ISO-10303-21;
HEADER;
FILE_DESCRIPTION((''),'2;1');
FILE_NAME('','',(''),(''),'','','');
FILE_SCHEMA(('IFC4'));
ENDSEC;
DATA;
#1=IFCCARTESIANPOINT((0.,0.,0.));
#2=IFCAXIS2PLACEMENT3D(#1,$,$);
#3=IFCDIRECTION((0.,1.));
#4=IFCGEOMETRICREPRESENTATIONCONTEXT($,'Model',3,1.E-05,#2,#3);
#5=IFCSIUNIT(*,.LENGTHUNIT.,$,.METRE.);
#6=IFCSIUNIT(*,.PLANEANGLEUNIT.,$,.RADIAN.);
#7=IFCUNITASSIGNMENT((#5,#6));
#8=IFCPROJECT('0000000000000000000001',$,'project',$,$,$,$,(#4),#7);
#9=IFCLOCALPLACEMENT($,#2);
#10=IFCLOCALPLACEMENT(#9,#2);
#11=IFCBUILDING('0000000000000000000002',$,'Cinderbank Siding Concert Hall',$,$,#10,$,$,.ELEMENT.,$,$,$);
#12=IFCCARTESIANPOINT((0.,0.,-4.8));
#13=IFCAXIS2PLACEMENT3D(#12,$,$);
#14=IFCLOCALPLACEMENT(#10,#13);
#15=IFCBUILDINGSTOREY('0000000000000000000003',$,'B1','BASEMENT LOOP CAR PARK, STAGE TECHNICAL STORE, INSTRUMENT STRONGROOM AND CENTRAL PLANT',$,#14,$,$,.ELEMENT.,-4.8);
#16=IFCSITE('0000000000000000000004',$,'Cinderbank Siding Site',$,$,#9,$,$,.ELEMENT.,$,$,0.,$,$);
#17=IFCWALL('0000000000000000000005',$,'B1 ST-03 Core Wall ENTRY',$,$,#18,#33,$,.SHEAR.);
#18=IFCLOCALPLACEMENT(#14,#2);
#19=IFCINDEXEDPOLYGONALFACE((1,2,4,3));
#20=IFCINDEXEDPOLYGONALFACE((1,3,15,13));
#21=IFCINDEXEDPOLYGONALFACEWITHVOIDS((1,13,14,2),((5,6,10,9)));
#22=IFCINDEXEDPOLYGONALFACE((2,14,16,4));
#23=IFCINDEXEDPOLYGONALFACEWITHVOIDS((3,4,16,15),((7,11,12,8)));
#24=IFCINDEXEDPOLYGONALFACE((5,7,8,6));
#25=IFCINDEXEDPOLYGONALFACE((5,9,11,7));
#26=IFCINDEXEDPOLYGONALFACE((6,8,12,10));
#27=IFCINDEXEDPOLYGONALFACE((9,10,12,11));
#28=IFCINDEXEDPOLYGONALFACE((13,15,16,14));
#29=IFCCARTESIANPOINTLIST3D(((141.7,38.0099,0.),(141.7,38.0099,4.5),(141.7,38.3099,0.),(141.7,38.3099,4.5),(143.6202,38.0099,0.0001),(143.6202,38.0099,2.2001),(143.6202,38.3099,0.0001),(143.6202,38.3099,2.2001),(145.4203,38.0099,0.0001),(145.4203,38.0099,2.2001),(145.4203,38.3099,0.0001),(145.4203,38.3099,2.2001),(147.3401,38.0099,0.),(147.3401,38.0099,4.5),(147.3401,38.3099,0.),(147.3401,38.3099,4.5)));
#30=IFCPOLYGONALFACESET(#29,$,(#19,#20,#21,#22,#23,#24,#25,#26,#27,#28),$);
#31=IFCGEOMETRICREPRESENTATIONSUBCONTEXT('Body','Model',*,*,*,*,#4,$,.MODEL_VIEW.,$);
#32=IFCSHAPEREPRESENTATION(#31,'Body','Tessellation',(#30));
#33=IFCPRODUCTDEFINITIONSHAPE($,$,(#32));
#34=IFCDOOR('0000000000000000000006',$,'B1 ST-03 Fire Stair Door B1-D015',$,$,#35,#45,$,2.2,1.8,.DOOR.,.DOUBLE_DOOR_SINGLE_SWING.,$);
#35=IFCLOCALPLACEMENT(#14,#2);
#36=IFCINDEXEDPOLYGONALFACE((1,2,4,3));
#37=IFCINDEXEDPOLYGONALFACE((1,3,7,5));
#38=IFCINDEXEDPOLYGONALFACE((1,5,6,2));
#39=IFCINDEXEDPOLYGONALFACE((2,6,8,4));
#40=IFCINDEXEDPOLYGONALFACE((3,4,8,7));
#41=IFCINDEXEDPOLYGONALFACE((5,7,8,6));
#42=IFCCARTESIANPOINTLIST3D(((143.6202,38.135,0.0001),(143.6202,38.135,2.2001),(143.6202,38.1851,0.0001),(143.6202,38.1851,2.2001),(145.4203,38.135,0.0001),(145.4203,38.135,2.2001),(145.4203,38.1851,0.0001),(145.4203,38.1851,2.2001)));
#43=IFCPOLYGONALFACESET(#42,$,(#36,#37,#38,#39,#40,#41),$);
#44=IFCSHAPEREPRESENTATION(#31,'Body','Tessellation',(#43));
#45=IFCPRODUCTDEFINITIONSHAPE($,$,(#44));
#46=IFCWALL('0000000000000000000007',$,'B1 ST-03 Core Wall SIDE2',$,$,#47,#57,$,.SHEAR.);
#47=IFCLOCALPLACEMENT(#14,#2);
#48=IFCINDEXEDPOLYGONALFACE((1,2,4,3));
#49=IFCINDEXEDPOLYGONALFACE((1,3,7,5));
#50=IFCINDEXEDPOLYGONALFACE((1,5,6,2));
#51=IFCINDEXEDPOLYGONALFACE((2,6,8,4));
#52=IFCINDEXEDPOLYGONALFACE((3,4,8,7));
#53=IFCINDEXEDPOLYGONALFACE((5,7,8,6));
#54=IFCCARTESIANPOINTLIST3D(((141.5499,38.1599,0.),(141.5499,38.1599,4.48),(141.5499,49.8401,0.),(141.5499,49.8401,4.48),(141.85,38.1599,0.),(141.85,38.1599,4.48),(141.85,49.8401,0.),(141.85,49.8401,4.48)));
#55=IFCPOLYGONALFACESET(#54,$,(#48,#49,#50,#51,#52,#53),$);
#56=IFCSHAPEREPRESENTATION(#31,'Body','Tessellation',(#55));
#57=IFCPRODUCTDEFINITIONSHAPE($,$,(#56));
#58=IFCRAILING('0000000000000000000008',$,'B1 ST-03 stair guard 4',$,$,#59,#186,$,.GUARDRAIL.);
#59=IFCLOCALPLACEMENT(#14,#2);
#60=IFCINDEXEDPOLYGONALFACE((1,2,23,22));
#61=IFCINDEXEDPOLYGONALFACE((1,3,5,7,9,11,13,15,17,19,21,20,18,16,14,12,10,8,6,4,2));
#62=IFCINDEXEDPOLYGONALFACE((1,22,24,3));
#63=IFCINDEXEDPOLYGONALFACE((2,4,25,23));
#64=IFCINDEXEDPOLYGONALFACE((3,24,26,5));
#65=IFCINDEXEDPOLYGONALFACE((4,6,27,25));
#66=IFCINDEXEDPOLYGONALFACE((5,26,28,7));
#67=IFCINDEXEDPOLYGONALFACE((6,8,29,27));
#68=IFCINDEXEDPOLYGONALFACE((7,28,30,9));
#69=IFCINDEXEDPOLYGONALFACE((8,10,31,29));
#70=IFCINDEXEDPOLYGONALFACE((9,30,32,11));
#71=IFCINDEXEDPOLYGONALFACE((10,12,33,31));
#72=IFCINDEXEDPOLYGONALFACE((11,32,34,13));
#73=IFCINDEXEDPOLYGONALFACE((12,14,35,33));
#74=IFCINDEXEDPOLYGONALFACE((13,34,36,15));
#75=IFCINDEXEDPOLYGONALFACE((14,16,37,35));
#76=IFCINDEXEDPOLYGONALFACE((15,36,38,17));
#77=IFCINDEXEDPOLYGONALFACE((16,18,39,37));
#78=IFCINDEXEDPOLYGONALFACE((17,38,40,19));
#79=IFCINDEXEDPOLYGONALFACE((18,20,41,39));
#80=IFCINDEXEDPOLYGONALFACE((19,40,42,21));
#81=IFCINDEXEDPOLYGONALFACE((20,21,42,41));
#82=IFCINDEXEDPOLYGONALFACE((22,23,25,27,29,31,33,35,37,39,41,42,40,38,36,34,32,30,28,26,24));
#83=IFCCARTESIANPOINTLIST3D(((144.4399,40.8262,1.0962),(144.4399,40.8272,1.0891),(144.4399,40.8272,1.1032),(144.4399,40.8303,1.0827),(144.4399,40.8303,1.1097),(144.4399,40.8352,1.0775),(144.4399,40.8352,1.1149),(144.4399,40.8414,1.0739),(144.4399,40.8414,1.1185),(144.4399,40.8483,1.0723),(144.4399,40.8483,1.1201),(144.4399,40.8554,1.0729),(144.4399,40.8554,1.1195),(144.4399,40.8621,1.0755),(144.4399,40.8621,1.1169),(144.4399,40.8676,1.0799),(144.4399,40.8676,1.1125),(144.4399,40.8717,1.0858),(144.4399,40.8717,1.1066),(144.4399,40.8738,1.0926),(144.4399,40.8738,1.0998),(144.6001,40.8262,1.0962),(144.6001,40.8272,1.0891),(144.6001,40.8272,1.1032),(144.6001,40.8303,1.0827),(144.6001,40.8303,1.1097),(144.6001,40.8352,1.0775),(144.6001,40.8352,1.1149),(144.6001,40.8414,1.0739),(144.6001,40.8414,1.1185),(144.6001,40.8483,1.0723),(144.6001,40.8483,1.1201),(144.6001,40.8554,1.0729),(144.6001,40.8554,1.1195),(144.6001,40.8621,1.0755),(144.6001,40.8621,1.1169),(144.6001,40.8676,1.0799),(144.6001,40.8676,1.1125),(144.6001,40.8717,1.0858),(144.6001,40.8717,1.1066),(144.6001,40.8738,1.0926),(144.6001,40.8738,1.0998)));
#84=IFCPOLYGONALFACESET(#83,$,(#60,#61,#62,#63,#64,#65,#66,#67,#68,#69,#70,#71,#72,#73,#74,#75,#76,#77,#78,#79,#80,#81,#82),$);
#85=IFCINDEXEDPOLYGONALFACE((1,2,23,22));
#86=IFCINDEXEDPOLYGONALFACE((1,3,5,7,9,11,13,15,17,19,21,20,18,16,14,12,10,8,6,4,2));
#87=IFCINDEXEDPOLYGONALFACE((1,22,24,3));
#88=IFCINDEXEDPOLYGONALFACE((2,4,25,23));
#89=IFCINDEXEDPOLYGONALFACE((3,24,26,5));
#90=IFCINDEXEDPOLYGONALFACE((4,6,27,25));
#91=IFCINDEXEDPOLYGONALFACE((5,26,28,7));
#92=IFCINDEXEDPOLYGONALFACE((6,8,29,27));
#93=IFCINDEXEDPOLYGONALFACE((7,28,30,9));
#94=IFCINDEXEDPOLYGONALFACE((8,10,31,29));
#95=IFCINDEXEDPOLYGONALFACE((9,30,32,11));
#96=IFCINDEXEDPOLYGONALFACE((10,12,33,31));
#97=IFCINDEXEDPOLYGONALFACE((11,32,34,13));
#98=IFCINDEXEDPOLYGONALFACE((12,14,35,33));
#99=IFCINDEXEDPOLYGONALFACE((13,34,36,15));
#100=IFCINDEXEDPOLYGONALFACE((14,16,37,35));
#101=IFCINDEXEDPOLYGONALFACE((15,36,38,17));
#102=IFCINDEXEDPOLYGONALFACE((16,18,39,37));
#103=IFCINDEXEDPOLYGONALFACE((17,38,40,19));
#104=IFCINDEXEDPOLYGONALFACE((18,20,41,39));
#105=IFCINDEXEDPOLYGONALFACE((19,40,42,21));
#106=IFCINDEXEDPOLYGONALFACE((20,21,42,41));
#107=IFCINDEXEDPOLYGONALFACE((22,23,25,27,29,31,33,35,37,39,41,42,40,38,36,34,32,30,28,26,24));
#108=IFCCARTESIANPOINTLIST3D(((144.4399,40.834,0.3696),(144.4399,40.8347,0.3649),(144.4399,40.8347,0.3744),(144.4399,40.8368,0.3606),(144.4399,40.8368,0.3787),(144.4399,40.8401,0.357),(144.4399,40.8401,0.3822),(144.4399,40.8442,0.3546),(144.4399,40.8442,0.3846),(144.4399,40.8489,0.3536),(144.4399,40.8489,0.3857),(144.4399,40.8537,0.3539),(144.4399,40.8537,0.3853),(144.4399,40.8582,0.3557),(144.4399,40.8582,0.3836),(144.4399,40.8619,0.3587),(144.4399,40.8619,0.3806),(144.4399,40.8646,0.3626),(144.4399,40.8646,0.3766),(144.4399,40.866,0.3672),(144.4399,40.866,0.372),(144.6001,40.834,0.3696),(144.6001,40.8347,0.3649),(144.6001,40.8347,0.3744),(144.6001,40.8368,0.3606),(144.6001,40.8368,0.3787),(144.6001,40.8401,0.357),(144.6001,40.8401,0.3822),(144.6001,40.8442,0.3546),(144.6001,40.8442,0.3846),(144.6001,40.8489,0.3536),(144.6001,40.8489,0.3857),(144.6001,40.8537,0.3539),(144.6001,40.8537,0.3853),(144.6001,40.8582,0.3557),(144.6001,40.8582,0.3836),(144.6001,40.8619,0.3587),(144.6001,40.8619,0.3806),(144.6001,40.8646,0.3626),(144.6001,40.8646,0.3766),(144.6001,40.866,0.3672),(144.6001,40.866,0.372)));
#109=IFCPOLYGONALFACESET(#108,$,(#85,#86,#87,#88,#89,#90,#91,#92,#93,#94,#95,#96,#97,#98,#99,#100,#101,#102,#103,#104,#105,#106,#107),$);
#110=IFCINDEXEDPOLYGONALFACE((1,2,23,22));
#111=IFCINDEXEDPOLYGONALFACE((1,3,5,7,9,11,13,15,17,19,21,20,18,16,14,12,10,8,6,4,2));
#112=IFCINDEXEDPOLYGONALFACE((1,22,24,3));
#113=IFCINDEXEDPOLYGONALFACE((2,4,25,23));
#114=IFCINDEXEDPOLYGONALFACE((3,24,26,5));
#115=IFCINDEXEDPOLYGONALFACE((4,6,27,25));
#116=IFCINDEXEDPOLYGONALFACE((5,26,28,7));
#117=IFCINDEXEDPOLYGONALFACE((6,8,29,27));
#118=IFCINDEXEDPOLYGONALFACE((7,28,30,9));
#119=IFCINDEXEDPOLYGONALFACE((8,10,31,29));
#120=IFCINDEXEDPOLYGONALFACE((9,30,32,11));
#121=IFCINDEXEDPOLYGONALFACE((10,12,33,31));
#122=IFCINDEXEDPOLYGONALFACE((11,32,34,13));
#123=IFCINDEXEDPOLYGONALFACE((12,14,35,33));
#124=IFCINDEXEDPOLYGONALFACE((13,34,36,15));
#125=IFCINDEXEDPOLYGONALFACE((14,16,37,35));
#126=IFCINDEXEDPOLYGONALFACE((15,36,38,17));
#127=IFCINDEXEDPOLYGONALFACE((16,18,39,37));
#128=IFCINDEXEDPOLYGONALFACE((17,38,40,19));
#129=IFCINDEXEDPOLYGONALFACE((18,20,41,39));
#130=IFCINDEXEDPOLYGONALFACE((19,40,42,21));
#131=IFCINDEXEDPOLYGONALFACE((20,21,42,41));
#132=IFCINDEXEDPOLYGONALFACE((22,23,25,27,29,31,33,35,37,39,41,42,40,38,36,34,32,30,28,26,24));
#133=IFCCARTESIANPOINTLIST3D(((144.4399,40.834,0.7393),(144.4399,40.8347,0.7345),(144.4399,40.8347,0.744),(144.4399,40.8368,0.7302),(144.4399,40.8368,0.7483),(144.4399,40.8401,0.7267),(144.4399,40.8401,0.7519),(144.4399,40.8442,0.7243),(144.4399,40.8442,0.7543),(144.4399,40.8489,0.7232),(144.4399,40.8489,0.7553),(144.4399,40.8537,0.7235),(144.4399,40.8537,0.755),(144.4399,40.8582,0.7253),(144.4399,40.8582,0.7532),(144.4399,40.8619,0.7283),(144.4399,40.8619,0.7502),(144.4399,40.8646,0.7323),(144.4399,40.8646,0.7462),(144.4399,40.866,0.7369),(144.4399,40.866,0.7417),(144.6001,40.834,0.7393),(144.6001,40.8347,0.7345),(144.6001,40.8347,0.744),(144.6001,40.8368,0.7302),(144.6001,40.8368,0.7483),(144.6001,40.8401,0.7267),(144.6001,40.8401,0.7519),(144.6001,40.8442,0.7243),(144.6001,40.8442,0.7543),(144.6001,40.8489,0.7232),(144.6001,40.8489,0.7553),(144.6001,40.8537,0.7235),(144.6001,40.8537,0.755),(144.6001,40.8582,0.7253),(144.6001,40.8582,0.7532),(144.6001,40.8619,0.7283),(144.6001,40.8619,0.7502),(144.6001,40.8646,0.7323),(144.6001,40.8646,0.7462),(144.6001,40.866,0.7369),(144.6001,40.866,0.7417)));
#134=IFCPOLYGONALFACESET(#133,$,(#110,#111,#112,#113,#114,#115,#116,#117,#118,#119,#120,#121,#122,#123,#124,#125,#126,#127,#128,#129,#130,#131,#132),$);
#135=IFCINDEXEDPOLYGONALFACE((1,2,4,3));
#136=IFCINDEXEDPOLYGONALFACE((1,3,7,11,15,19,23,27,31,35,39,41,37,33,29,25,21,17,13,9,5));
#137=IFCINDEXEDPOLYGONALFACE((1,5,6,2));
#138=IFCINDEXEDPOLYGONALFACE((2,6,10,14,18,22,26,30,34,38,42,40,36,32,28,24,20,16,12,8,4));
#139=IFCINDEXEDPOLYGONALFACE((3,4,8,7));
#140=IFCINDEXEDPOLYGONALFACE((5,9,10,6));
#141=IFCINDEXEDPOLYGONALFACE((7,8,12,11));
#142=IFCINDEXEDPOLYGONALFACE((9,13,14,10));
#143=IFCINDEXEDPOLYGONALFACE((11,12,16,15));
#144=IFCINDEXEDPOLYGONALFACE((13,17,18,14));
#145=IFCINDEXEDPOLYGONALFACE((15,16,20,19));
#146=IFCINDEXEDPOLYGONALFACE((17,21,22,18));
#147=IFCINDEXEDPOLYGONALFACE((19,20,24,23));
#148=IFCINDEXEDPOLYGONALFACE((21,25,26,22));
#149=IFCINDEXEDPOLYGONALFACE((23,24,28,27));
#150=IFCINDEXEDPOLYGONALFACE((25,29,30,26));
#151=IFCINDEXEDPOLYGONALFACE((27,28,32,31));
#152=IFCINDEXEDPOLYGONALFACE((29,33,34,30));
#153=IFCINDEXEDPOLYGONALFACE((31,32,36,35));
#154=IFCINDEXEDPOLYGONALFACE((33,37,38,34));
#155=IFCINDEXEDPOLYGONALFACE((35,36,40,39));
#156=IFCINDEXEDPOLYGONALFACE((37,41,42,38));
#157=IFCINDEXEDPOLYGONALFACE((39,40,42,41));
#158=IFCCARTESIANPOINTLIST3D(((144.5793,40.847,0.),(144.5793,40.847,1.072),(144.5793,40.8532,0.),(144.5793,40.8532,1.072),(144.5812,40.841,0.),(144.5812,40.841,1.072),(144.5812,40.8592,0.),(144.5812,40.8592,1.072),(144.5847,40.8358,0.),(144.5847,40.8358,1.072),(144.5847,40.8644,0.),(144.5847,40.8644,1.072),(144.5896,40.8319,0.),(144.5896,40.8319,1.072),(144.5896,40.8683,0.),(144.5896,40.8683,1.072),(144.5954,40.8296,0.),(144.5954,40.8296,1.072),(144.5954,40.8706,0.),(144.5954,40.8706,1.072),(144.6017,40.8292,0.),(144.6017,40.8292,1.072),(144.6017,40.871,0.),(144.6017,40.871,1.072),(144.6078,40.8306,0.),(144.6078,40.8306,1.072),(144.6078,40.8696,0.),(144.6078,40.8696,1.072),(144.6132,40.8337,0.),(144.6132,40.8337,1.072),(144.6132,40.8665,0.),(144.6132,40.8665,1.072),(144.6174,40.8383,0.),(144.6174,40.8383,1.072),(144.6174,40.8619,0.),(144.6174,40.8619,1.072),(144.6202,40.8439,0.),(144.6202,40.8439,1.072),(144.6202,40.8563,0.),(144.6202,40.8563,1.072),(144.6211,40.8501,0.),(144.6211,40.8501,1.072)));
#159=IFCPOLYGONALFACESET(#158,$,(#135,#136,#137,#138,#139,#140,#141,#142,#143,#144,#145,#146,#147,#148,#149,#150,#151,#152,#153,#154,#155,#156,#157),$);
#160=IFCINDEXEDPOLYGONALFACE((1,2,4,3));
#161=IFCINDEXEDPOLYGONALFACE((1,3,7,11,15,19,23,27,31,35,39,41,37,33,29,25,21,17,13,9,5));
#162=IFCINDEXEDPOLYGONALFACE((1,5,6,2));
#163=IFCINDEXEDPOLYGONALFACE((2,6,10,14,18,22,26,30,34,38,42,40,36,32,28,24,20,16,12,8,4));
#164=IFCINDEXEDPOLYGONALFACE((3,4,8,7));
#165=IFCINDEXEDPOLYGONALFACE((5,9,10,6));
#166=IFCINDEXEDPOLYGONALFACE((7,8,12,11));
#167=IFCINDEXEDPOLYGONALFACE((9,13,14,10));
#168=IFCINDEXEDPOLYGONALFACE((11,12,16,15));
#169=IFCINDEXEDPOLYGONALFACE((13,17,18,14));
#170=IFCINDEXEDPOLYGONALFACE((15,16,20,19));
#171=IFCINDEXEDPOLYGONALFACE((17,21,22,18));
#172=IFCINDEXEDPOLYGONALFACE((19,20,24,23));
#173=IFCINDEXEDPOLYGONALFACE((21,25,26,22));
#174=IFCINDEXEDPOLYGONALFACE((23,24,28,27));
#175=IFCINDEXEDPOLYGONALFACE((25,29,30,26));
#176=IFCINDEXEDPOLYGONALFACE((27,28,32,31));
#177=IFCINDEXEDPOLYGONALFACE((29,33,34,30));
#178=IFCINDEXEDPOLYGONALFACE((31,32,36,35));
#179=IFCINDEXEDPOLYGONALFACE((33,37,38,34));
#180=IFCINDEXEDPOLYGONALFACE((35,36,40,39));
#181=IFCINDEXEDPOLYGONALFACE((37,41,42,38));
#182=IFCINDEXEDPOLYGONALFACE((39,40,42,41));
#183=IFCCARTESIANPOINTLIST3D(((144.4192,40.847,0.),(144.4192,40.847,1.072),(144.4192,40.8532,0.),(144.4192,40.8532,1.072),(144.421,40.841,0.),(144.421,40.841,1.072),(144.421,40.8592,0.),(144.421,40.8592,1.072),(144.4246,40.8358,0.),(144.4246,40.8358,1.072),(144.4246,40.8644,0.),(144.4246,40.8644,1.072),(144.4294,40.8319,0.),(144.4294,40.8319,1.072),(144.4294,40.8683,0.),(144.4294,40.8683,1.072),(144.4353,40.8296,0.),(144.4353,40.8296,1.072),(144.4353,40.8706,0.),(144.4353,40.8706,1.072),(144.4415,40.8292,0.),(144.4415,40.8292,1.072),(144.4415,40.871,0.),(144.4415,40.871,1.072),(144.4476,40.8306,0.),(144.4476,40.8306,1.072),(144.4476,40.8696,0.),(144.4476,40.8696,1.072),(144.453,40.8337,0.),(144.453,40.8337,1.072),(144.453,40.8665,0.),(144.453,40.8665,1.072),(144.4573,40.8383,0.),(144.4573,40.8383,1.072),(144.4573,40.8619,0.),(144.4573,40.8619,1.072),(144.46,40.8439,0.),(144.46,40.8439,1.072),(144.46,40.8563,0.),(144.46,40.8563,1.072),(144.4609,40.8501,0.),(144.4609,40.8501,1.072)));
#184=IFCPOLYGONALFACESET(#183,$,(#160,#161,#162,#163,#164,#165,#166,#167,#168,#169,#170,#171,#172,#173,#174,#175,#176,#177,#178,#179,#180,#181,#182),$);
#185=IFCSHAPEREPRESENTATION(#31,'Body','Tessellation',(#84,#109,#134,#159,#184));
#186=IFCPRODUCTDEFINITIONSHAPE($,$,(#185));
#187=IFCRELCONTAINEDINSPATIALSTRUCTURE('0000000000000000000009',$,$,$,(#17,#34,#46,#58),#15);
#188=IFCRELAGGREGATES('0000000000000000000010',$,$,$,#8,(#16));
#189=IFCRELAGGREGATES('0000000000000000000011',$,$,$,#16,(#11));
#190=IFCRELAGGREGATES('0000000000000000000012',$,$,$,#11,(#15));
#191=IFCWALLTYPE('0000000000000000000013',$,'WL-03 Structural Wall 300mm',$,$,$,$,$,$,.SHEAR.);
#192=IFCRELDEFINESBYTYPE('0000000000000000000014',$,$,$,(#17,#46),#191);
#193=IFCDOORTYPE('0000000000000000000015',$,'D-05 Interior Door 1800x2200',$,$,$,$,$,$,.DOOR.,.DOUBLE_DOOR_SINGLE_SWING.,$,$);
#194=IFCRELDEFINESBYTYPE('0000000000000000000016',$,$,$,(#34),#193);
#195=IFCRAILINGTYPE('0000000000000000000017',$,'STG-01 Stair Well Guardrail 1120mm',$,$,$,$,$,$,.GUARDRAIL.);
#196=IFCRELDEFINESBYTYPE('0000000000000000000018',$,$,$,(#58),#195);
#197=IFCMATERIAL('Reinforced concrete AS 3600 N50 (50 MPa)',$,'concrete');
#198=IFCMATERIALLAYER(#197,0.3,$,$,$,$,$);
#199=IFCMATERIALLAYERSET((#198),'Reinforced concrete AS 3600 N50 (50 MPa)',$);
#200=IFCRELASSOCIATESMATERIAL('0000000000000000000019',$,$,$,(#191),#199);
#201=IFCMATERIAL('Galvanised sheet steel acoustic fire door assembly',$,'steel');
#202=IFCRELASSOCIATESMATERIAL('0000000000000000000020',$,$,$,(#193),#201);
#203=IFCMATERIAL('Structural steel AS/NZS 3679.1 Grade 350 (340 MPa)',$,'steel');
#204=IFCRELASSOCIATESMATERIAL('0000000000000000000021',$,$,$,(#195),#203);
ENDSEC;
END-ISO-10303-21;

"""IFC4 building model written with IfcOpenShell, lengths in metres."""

from ifc_helpers import new_model, si_unit, direction, frame, frame_2d, origin, origin_2d, place, context, subcontext, project, spatial, rectangle, circle, extrude, material, layer, layer_set, type_object, element, fill, save


model = new_model("IFC4")

# Units and contexts
model_context = context("Model", 3, precision=1e-05, world=origin(), true_north=direction((0.0, 1.0)))
body_context = subcontext(model_context, "Body", "Model", "MODEL_VIEW")
ifc_project = project(units=[si_unit("LENGTHUNIT", "METRE"), si_unit("PLANEANGLEUNIT", "RADIAN")], contexts=[model_context])

# Site, building, storey
site_placement = place(None, origin())
site = spatial("IfcSite", under=ifc_project, at=site_placement, Name="Cinderbank Siding Site", CompositionType="ELEMENT", RefElevation=0.0)
building_placement = place(site_placement, origin())
building = spatial("IfcBuilding", under=site, at=building_placement, Name="Cinderbank Siding Concert Hall", CompositionType="ELEMENT")
storey_placement = place(building_placement, frame((0.0, 0.0, -4.8)))
storey = spatial("IfcBuildingStorey", under=building, at=storey_placement, Name="B1", Description="BASEMENT LOOP CAR PARK, STAGE TECHNICAL STORE, INSTRUMENT STRONGROOM AND CENTRAL PLANT", CompositionType="ELEMENT", Elevation=-4.8)

# Shared definitions
ifc_material_1 = material(Name="Reinforced concrete AS 3600 N50 (50 MPa)", Category="concrete")

# Shared definitions
ifc_material_2 = material(Name="Structural steel AS/NZS 3679.1 Grade 350 (340 MPa)", Category="steel")

# Wall, opening, door
ifc_layer_1 = layer(ifc_material_1, 0.3)
ifc_layer_set_1 = layer_set([ifc_layer_1], Name="Reinforced concrete AS 3600 N50 (50 MPa)")
wall_type_1 = type_object("IfcWallType", Name="WL-03 Structural Wall 300mm", PredefinedType="SHEAR", material=ifc_layer_set_1)
wall_1_placement = place(storey_placement, frame((147.3401, 38.1599, 0.0), z_axis=(0.0, 0.0, 1.0), x_axis=(-1.0, 0.0, 0.0)))
wall_1 = element("IfcWall", 1, at=wall_1_placement, inside=storey, type_object=wall_type_1, Name="B1 ST-03 Core Wall ENTRY", PredefinedType="SHEAR", context=body_context, shape_type="SweptSolid", body=[
    extrude(rectangle(XDim=5.6401, YDim=0.3, at=frame_2d((2.8201, 0.0))), origin(), (0.0, 0.0, 1.0), 4.5),
])
opening_1_placement = place(wall_1_placement, frame((1.9199, 0.0, 0.0)))
opening_1 = element("IfcOpeningElement", 2, at=opening_1_placement, cuts=wall_1, PredefinedType="OPENING", context=body_context, shape_type="SweptSolid", body=[
    extrude(rectangle(XDim=1.8, YDim=2.2, at=frame_2d((0.8999, 1.1001))), frame((0.0, 0.1621, 0.0), z_axis=(0.0, -1.0, 0.0), x_axis=(1.0, 0.0, 0.0)), (0.0, 0.0, 1.0), 0.324),
])
ifc_material_3 = material(Name="Galvanised sheet steel acoustic fire door assembly", Category="steel")
door_type_1 = type_object("IfcDoorType", Name="D-05 Interior Door 1800x2200", OperationType="DOUBLE_DOOR_SINGLE_SWING", PredefinedType="DOOR", material=ifc_material_3)
door_1_placement = place(opening_1_placement, origin())
door_1 = element("IfcDoor", 3, at=door_1_placement, inside=storey, type_object=door_type_1, Name="B1 ST-03 Fire Stair Door B1-D015", OperationType="DOUBLE_DOOR_SINGLE_SWING", OverallHeight=2.2, OverallWidth=1.8, PredefinedType="DOOR", context=body_context, shape_type="SweptSolid", body=[
    extrude(rectangle(XDim=1.8, YDim=2.2, at=frame_2d((0.8999, 1.1001))), frame((0.0, 0.0249, 0.0), z_axis=(0.0, -1.0, 0.0), x_axis=(1.0, 0.0, 0.0)), (0.0, 0.0, 1.0), 0.05),
])
fill(opening_1, door_1)

# Wall
wall_2_placement = place(storey_placement, frame((141.7, 38.1599, 0.0), z_axis=(0.0, 0.0, 1.0), x_axis=(0.0, 1.0, 0.0)))
element("IfcWall", 4, at=wall_2_placement, inside=storey, type_object=wall_type_1, Name="B1 ST-03 Core Wall SIDE2", PredefinedType="SHEAR", context=body_context, shape_type="SweptSolid", body=[
    extrude(rectangle(XDim=11.6802, YDim=0.3, at=frame_2d((5.8401, 0.0))), origin(), (0.0, 0.0, 1.0), 4.48),
])

# Railing
railing_type_1 = type_object("IfcRailingType", Name="STG-01 Stair Well Guardrail 1120mm", PredefinedType="GUARDRAIL", material=ifc_material_2)
railing_1_placement = place(storey_placement, frame((144.6001, 40.8501, 0.0)))
element("IfcRailing", 5, at=railing_1_placement, inside=storey, type_object=railing_type_1, Name="B1 ST-03 stair guard 4", PredefinedType="GUARDRAIL", context=body_context, shape_type="SweptSolid", body=[
    extrude(circle(Radius=0.0239, at=origin_2d()), frame((0.0, 0.0, 1.0962), z_axis=(-1.0, 0.0, 0.0), x_axis=(0.0, -1.0, 0.0)), (0.0, 0.0, 1.0), 0.1602),
    extrude(circle(Radius=0.0161, at=origin_2d()), frame((0.0, 0.0, 0.3696), z_axis=(-1.0, 0.0, 0.0), x_axis=(0.0, -1.0, 0.0)), (0.0, 0.0, 1.0), 0.1602),
    extrude(circle(Radius=0.0161, at=origin_2d()), frame((0.0, 0.0, 0.7393), z_axis=(-1.0, 0.0, 0.0), x_axis=(0.0, -1.0, 0.0)), (0.0, 0.0, 1.0), 0.1602),
    extrude(circle(Radius=0.021, at=origin_2d()), origin(), (0.0, 0.0, 1.0), 1.072),
    extrude(circle(Radius=0.021, at=origin_2d()), frame((-0.1602, 0.0, 0.0)), (0.0, 0.0, 1.0), 1.072),
])

save(model, "model.ifc")
